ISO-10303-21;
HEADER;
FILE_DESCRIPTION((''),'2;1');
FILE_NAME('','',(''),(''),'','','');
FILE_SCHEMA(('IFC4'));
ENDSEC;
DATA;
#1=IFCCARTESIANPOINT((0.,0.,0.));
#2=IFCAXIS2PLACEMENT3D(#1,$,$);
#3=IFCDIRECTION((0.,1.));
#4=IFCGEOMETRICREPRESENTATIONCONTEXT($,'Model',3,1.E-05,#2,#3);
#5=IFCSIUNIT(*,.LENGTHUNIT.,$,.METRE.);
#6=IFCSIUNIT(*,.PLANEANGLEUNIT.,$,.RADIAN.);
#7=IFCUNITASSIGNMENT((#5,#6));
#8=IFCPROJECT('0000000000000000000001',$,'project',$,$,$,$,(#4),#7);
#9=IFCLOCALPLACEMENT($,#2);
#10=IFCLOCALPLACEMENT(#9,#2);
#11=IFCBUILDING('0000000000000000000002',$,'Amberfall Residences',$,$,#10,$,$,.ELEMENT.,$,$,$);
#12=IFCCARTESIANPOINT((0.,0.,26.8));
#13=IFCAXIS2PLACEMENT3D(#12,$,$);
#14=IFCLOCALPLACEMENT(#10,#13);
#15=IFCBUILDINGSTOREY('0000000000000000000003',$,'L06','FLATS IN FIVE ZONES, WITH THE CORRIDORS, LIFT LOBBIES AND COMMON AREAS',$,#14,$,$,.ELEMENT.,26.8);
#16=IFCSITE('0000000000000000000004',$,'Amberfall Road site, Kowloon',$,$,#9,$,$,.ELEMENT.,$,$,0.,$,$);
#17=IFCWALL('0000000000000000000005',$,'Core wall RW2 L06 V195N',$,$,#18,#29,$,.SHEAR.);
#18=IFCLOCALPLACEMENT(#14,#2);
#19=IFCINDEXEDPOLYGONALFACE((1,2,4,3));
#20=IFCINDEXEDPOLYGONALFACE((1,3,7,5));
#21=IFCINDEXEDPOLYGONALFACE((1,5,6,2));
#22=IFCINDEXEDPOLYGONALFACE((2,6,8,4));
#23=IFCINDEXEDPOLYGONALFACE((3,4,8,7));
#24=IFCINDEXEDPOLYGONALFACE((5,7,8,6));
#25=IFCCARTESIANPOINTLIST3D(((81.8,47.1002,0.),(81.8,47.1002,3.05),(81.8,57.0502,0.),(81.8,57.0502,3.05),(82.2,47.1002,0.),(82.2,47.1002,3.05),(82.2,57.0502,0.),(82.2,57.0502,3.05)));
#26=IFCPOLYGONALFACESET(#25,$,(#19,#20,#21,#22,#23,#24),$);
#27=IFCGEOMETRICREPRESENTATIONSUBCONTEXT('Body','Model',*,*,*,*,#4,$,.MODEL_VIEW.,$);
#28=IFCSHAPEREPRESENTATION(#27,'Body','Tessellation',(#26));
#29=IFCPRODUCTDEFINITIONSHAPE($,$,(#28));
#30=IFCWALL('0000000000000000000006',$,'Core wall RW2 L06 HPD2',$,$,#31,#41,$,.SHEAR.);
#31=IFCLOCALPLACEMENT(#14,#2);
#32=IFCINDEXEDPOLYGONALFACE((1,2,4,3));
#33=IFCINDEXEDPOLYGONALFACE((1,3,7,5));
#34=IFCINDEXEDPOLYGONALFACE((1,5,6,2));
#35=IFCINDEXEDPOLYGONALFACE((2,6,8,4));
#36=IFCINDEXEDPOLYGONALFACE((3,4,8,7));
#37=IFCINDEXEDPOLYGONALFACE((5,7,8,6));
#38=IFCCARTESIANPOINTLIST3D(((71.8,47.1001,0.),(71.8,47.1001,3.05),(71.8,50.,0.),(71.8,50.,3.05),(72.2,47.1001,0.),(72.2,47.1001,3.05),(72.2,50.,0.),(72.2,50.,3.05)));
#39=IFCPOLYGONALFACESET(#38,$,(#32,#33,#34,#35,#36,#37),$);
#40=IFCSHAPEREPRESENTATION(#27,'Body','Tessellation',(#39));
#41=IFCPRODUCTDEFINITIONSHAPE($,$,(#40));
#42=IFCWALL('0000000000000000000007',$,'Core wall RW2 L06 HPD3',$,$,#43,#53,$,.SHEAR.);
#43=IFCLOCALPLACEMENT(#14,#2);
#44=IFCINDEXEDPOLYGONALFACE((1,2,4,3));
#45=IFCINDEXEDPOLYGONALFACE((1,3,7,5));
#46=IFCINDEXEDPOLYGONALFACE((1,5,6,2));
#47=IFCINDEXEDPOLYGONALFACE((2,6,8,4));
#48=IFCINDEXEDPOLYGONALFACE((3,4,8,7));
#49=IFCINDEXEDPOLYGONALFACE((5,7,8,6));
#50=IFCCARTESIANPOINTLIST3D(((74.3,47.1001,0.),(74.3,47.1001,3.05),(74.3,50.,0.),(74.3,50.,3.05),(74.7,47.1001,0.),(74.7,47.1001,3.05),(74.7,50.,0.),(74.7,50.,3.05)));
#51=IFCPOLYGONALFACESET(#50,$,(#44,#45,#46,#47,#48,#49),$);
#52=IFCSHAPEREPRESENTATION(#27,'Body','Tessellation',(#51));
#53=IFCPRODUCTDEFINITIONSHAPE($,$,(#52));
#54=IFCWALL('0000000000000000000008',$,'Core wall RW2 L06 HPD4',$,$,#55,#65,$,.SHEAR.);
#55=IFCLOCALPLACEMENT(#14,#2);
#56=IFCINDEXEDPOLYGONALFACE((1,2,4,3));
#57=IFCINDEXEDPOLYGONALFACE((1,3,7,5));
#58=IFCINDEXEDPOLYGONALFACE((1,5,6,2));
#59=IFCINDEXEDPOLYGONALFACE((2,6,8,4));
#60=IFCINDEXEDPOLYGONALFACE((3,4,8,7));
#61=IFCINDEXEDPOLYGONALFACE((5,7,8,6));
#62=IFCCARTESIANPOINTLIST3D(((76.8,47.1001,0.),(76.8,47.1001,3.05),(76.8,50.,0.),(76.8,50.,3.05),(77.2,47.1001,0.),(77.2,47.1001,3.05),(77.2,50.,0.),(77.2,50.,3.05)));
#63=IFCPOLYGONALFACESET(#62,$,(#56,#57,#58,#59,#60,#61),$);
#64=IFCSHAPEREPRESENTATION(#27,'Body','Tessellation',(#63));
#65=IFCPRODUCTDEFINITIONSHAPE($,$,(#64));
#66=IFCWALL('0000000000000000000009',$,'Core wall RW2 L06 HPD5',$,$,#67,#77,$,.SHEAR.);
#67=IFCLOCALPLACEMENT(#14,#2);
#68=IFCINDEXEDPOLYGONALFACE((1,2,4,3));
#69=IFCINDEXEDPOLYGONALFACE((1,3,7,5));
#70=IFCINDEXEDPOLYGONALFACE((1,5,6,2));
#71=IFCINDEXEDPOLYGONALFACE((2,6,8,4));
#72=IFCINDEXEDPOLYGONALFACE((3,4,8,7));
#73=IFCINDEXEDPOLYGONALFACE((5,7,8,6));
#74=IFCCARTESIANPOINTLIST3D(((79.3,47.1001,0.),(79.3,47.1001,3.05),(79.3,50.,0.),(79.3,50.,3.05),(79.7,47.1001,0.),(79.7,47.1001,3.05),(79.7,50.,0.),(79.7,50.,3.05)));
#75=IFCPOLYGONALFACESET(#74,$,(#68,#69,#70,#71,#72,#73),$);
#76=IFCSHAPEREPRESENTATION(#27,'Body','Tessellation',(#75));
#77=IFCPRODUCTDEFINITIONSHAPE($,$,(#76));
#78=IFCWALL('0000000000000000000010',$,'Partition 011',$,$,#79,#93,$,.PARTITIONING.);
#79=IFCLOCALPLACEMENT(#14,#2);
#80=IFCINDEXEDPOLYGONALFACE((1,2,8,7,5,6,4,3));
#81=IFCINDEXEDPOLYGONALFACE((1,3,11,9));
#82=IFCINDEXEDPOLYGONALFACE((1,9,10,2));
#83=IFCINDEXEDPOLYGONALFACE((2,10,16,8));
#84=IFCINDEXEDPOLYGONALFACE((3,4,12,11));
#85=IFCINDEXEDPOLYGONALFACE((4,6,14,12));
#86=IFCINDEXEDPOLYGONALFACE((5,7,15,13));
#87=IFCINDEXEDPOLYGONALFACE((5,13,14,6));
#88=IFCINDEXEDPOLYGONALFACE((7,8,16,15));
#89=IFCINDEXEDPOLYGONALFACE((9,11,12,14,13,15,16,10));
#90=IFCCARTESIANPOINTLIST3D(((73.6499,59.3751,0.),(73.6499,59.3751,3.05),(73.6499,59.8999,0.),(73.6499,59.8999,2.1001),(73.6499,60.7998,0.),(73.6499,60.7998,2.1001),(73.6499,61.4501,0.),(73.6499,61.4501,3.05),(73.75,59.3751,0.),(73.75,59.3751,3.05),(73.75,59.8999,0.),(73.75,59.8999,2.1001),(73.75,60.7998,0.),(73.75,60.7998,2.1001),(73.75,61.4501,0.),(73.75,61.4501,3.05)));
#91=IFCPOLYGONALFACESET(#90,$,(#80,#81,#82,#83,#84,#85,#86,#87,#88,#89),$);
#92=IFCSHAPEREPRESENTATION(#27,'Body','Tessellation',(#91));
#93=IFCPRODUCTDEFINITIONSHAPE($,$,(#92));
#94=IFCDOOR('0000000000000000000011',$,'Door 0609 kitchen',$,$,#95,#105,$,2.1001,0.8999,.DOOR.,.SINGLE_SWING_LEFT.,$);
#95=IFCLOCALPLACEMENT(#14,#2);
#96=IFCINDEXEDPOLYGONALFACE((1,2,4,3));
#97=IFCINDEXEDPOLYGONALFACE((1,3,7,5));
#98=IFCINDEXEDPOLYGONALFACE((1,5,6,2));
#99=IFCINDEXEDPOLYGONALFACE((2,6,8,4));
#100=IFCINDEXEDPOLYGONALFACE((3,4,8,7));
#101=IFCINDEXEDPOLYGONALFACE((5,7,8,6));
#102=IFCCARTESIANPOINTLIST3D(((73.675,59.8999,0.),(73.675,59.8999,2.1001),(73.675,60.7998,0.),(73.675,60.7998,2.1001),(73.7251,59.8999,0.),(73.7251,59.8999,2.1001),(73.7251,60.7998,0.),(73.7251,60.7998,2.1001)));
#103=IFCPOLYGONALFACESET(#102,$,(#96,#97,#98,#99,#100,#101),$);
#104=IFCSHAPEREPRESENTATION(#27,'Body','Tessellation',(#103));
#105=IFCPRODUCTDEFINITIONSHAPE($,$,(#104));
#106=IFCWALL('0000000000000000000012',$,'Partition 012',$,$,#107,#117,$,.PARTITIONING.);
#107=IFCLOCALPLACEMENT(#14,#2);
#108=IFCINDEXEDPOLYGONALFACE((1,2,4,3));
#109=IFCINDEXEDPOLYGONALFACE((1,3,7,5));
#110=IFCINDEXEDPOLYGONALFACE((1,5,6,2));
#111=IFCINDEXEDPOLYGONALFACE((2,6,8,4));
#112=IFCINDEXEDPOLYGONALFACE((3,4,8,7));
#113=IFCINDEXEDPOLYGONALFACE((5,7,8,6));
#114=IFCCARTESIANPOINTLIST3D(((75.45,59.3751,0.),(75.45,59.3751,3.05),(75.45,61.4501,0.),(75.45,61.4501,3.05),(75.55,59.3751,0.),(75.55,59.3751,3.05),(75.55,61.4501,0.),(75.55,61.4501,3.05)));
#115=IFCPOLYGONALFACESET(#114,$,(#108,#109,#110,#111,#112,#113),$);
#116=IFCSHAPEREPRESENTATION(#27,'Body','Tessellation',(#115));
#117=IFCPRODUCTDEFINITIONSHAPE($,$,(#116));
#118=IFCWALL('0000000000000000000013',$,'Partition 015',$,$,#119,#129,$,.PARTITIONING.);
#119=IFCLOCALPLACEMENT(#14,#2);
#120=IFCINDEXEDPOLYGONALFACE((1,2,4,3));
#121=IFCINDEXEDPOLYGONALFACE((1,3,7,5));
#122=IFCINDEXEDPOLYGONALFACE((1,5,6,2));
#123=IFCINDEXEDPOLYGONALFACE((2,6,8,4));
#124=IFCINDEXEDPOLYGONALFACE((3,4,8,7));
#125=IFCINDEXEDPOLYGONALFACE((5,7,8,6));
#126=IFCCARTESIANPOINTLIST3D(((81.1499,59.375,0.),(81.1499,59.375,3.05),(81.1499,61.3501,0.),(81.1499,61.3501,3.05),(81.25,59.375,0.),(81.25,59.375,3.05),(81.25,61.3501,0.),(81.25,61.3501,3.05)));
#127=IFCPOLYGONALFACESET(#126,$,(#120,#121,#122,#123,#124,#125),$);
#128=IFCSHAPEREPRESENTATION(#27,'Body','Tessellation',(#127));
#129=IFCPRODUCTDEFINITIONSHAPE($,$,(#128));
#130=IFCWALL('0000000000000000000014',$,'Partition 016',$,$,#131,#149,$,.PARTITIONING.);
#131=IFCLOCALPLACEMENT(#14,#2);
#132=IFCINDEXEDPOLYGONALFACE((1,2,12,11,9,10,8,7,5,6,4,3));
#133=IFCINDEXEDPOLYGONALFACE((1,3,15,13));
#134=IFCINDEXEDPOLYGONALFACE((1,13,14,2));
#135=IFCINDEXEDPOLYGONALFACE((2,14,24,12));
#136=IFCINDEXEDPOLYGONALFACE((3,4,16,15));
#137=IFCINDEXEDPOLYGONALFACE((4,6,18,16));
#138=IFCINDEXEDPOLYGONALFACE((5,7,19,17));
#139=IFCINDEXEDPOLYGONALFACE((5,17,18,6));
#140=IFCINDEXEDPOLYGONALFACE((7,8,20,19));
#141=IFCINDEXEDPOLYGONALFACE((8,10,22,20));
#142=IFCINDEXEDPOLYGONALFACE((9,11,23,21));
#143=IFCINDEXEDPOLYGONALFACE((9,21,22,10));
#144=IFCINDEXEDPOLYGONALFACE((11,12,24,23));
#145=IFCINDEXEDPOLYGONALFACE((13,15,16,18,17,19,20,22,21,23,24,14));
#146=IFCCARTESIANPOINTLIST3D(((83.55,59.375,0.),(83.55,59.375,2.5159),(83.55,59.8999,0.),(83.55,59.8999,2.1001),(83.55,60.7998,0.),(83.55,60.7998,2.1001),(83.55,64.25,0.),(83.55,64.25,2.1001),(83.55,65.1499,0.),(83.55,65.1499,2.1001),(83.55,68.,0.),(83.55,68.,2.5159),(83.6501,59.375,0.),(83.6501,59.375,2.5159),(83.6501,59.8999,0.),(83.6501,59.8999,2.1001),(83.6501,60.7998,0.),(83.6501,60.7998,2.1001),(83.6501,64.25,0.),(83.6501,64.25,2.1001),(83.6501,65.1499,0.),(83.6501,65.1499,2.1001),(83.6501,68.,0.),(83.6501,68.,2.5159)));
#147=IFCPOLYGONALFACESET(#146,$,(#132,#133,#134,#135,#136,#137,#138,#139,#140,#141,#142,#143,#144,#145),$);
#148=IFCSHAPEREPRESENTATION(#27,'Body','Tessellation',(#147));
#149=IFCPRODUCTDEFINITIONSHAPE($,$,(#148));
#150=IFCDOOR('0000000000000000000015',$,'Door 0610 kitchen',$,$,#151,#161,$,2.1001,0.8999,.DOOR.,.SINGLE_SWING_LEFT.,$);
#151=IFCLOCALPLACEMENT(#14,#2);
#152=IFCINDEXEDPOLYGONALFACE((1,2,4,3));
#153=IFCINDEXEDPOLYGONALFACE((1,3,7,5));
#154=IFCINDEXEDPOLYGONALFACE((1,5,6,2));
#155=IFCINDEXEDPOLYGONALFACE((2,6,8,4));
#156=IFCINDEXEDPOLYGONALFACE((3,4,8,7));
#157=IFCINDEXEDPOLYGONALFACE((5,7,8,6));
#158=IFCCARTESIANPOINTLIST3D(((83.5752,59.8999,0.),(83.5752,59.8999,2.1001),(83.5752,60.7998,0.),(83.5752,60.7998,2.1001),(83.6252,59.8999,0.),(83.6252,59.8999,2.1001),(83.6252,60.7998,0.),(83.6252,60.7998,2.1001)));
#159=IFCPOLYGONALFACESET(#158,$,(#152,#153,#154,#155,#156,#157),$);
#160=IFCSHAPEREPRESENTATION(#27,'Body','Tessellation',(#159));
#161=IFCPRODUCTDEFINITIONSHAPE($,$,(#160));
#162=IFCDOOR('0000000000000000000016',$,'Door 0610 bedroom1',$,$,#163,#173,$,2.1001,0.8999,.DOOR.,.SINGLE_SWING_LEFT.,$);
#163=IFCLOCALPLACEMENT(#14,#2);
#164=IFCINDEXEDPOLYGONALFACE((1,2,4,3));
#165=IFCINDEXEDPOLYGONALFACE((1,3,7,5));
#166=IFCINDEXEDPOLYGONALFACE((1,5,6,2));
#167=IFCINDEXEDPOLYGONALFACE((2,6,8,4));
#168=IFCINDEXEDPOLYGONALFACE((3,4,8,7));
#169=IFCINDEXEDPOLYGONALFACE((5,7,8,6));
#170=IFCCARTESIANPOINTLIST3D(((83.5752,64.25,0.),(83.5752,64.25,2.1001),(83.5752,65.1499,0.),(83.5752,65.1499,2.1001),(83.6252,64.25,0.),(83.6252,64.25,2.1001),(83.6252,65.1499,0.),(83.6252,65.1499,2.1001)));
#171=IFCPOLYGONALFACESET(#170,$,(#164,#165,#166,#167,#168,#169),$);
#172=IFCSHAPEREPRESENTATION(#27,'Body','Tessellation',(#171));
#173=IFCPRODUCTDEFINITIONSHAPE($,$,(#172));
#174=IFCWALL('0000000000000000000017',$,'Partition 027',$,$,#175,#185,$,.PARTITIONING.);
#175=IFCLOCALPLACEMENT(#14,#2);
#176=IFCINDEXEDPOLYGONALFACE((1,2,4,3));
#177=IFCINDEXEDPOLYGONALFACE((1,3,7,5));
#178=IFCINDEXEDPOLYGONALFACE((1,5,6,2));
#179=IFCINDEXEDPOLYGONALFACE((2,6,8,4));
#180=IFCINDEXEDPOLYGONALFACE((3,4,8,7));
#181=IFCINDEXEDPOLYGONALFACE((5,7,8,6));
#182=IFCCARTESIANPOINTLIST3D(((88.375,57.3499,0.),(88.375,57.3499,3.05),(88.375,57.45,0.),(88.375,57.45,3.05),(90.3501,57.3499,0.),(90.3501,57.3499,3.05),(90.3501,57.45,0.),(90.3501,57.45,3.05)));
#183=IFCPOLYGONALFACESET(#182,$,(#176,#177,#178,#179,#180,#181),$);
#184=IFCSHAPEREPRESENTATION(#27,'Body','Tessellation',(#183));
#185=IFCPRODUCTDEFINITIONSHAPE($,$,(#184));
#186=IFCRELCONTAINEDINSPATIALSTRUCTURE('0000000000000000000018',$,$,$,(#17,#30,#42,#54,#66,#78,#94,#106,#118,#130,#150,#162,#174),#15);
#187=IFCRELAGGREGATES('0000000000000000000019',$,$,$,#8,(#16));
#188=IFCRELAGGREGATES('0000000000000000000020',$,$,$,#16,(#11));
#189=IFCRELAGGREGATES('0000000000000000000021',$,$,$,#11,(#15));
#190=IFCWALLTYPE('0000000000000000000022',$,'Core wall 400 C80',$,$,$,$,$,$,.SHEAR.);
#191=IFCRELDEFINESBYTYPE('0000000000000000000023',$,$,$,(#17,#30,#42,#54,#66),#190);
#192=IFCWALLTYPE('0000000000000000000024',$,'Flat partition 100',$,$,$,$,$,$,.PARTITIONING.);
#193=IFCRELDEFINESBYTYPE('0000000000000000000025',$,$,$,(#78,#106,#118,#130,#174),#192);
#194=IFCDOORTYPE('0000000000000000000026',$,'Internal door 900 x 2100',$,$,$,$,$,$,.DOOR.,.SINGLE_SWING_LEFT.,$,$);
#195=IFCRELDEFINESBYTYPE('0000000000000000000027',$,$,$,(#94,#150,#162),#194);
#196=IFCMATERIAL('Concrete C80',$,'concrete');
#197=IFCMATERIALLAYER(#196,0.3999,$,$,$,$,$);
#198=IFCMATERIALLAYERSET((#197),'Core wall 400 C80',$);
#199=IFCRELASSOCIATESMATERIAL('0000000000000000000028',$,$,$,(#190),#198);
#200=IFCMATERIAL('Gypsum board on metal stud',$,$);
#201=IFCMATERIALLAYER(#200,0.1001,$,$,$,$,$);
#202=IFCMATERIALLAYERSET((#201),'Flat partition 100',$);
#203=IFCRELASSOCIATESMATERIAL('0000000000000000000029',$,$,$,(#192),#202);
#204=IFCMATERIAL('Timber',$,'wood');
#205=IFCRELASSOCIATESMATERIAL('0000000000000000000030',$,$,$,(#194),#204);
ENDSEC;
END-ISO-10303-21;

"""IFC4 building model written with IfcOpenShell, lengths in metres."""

from ifc_helpers import new_model, si_unit, direction, frame, frame_2d, origin, place, context, subcontext, project, spatial, rectangle, extrude, material, layer, layer_set, type_object, element, fill, save


model = new_model("IFC4")

# Units and contexts
model_context = context("Model", 3, precision=1e-05, world=origin(), true_north=direction((0.0, 1.0)))
body_context = subcontext(model_context, "Body", "Model", "MODEL_VIEW")
ifc_project = project(units=[si_unit("LENGTHUNIT", "METRE"), si_unit("PLANEANGLEUNIT", "RADIAN")], contexts=[model_context])

# Site, building, storey
site_placement = place(None, origin())
site = spatial("IfcSite", under=ifc_project, at=site_placement, Name="Amberfall Road site, Kowloon", CompositionType="ELEMENT", RefElevation=0.0)
building_placement = place(site_placement, origin())
building = spatial("IfcBuilding", under=site, at=building_placement, Name="Amberfall Residences", CompositionType="ELEMENT")
storey_placement = place(building_placement, frame((0.0, 0.0, 26.8)))
storey = spatial("IfcBuildingStorey", under=building, at=storey_placement, Name="L06", Description="FLATS IN FIVE ZONES, WITH THE CORRIDORS, LIFT LOBBIES AND COMMON AREAS", CompositionType="ELEMENT", Elevation=26.8)

# Walls
ifc_material_1 = material(Name="Concrete C80", Category="concrete")
ifc_layer_1 = layer(ifc_material_1, 0.3999)
ifc_layer_set_1 = layer_set([ifc_layer_1], Name="Core wall 400 C80")
wall_type_1 = type_object("IfcWallType", Name="Core wall 400 C80", PredefinedType="SHEAR", material=ifc_layer_set_1)
wall_1_placement = place(storey_placement, frame((82.0, 47.1001, 0.0), z_axis=(0.0, 0.0, 1.0), x_axis=(0.0, 1.0, 0.0)))
element("IfcWall", 1, at=wall_1_placement, inside=storey, type_object=wall_type_1, Name="Core wall RW2 L06 V195N", PredefinedType="SHEAR", context=body_context, shape_type="SweptSolid", body=[
    extrude(rectangle(XDim=9.95, YDim=0.3999, at=frame_2d((4.9751, 0.0))), origin(), (0.0, 0.0, 1.0), 3.05),
])
for number, where, z_axis, x_axis, name in (
    (2, (72.0, 47.1001, 0.0), (0.0, 0.0, 1.0), (0.0, 1.0, 0.0), "Core wall RW2 L06 HPD2"),
    (3, (74.5, 47.1001, 0.0), (0.0, 0.0, 1.0), (0.0, 1.0, 0.0), "Core wall RW2 L06 HPD3"),
    (4, (77.0, 47.1001, 0.0), (0.0, 0.0, 1.0), (0.0, 1.0, 0.0), "Core wall RW2 L06 HPD4"),
    (5, (79.5, 47.1001, 0.0), (0.0, 0.0, 1.0), (0.0, 1.0, 0.0), "Core wall RW2 L06 HPD5"),
):
    element("IfcWall", number, at=place(storey_placement, frame(where, z_axis=z_axis, x_axis=x_axis)), inside=storey, type_object=wall_type_1, Name=name, PredefinedType="SHEAR", context=body_context, shape_type="SweptSolid", body=[
        extrude(rectangle(XDim=2.8999, YDim=0.3999, at=frame_2d((1.45, 0.0))), origin(), (0.0, 0.0, 1.0), 3.05),
    ])

# Wall, opening, door
ifc_material_2 = material(Name="Gypsum board on metal stud")
ifc_layer_2 = layer(ifc_material_2, 0.1001)
ifc_layer_set_2 = layer_set([ifc_layer_2], Name="Flat partition 100")
wall_type_2 = type_object("IfcWallType", Name="Flat partition 100", PredefinedType="PARTITIONING", material=ifc_layer_set_2)
wall_2_placement = place(storey_placement, frame((73.7, 59.375, 0.0), z_axis=(0.0, 0.0, 1.0), x_axis=(0.0, 1.0, 0.0)))
wall_2 = element("IfcWall", 6, at=wall_2_placement, inside=storey, type_object=wall_type_2, Name="Partition 011", PredefinedType="PARTITIONING", context=body_context, shape_type="SweptSolid", body=[
    extrude(rectangle(XDim=2.075, YDim=0.1001, at=frame_2d((1.0376, 0.0))), origin(), (0.0, 0.0, 1.0), 3.05),
])
opening_1_placement = place(wall_2_placement, frame((0.5249, 0.0, 0.0)))
opening_1 = element("IfcOpeningElement", 7, at=opening_1_placement, cuts=wall_2, PredefinedType="OPENING", context=body_context, shape_type="SweptSolid", body=[
    extrude(rectangle(XDim=0.8999, YDim=2.1001, at=frame_2d((0.45, 1.05))), frame((0.0, 0.0601, 0.0), z_axis=(0.0, -1.0, 0.0), x_axis=(1.0, 0.0, 0.0)), (0.0, 0.0, 1.0), 0.1201),
])
ifc_material_3 = material(Name="Timber", Category="wood")
door_type_1 = type_object("IfcDoorType", Name="Internal door 900 x 2100", OperationType="SINGLE_SWING_LEFT", PredefinedType="DOOR", material=ifc_material_3)
door_1_placement = place(opening_1_placement, origin())
door_1 = element("IfcDoor", 8, at=door_1_placement, inside=storey, type_object=door_type_1, Name="Door 0609 kitchen", OperationType="SINGLE_SWING_LEFT", OverallHeight=2.1001, OverallWidth=0.8999, PredefinedType="DOOR", context=body_context, shape_type="SweptSolid", body=[
    extrude(rectangle(XDim=0.8999, YDim=2.1001, at=frame_2d((0.45, 1.05))), frame((0.0, 0.0249, 0.0), z_axis=(0.0, -1.0, 0.0), x_axis=(1.0, 0.0, 0.0)), (0.0, 0.0, 1.0), 0.05),
])
fill(opening_1, door_1)

# Walls
wall_3_placement = place(storey_placement, frame((75.5, 59.375, 0.0), z_axis=(0.0, 0.0, 1.0), x_axis=(0.0, 1.0, 0.0)))
element("IfcWall", 9, at=wall_3_placement, inside=storey, type_object=wall_type_2, Name="Partition 012", PredefinedType="PARTITIONING", context=body_context, shape_type="SweptSolid", body=[
    extrude(rectangle(XDim=2.075, YDim=0.1001, at=frame_2d((1.0376, 0.0))), origin(), (0.0, 0.0, 1.0), 3.05),
])
wall_4_placement = place(storey_placement, frame((81.2, 59.375, 0.0), z_axis=(0.0, 0.0, 1.0), x_axis=(0.0, 1.0, 0.0)))
element("IfcWall", 10, at=wall_4_placement, inside=storey, type_object=wall_type_2, Name="Partition 015", PredefinedType="PARTITIONING", context=body_context, shape_type="SweptSolid", body=[
    extrude(rectangle(XDim=1.9751, YDim=0.1001, at=frame_2d((0.9875, 0.0))), origin(), (0.0, 0.0, 1.0), 3.05),
])

# Wall, openings, doors
wall_5_placement = place(storey_placement, frame((83.6001, 59.375, 0.0), z_axis=(0.0, 0.0, 1.0), x_axis=(0.0, 1.0, 0.0)))
wall_5 = element("IfcWall", 11, at=wall_5_placement, inside=storey, type_object=wall_type_2, Name="Partition 016", PredefinedType="PARTITIONING", context=body_context, shape_type="SweptSolid", body=[
    extrude(rectangle(XDim=8.625, YDim=0.1001, at=frame_2d((4.3125, 0.0))), origin(), (0.0, 0.0, 1.0), 2.5159),
])
opening_2_placement = place(wall_5_placement, frame((0.5249, 0.0, 0.0)))
opening_2 = element("IfcOpeningElement", 12, at=opening_2_placement, cuts=wall_5, PredefinedType="OPENING", context=body_context, shape_type="SweptSolid", body=[
    extrude(rectangle(XDim=0.8999, YDim=2.1001, at=frame_2d((0.45, 1.05))), frame((0.0, 0.0601, 0.0), z_axis=(0.0, -1.0, 0.0), x_axis=(1.0, 0.0, 0.0)), (0.0, 0.0, 1.0), 0.1201),
])
opening_3_placement = place(wall_5_placement, frame((4.875, 0.0, 0.0)))
opening_3 = element("IfcOpeningElement", 13, at=opening_3_placement, cuts=wall_5, PredefinedType="OPENING", context=body_context, shape_type="SweptSolid", body=[
    extrude(rectangle(XDim=0.8999, YDim=2.1001, at=frame_2d((0.45, 1.05))), frame((0.0, 0.0601, 0.0), z_axis=(0.0, -1.0, 0.0), x_axis=(1.0, 0.0, 0.0)), (0.0, 0.0, 1.0), 0.1201),
])
door_2_placement = place(opening_2_placement, origin())
door_2 = element("IfcDoor", 14, at=door_2_placement, inside=storey, type_object=door_type_1, Name="Door 0610 kitchen", OperationType="SINGLE_SWING_LEFT", OverallHeight=2.1001, OverallWidth=0.8999, PredefinedType="DOOR", context=body_context, shape_type="SweptSolid", body=[
    extrude(rectangle(XDim=0.8999, YDim=2.1001, at=frame_2d((0.45, 1.05))), frame((0.0, 0.0249, 0.0), z_axis=(0.0, -1.0, 0.0), x_axis=(1.0, 0.0, 0.0)), (0.0, 0.0, 1.0), 0.05),
])
fill(opening_2, door_2)
door_3_placement = place(opening_3_placement, origin())
door_3 = element("IfcDoor", 15, at=door_3_placement, inside=storey, type_object=door_type_1, Name="Door 0610 bedroom1", OperationType="SINGLE_SWING_LEFT", OverallHeight=2.1001, OverallWidth=0.8999, PredefinedType="DOOR", context=body_context, shape_type="SweptSolid", body=[
    extrude(rectangle(XDim=0.8999, YDim=2.1001, at=frame_2d((0.45, 1.05))), frame((0.0, 0.0249, 0.0), z_axis=(0.0, -1.0, 0.0), x_axis=(1.0, 0.0, 0.0)), (0.0, 0.0, 1.0), 0.05),
])
fill(opening_3, door_3)

# Wall
wall_6_placement = place(storey_placement, frame((88.375, 57.3999, 0.0), z_axis=(0.0, 0.0, 1.0), x_axis=(1.0, 0.0, 0.0)))
element("IfcWall", 16, at=wall_6_placement, inside=storey, type_object=wall_type_2, Name="Partition 027", PredefinedType="PARTITIONING", context=body_context, shape_type="SweptSolid", body=[
    extrude(rectangle(XDim=1.9751, YDim=0.1001, at=frame_2d((0.9875, 0.0))), origin(), (0.0, 0.0, 1.0), 3.05),
])

save(model, "model.ifc")
